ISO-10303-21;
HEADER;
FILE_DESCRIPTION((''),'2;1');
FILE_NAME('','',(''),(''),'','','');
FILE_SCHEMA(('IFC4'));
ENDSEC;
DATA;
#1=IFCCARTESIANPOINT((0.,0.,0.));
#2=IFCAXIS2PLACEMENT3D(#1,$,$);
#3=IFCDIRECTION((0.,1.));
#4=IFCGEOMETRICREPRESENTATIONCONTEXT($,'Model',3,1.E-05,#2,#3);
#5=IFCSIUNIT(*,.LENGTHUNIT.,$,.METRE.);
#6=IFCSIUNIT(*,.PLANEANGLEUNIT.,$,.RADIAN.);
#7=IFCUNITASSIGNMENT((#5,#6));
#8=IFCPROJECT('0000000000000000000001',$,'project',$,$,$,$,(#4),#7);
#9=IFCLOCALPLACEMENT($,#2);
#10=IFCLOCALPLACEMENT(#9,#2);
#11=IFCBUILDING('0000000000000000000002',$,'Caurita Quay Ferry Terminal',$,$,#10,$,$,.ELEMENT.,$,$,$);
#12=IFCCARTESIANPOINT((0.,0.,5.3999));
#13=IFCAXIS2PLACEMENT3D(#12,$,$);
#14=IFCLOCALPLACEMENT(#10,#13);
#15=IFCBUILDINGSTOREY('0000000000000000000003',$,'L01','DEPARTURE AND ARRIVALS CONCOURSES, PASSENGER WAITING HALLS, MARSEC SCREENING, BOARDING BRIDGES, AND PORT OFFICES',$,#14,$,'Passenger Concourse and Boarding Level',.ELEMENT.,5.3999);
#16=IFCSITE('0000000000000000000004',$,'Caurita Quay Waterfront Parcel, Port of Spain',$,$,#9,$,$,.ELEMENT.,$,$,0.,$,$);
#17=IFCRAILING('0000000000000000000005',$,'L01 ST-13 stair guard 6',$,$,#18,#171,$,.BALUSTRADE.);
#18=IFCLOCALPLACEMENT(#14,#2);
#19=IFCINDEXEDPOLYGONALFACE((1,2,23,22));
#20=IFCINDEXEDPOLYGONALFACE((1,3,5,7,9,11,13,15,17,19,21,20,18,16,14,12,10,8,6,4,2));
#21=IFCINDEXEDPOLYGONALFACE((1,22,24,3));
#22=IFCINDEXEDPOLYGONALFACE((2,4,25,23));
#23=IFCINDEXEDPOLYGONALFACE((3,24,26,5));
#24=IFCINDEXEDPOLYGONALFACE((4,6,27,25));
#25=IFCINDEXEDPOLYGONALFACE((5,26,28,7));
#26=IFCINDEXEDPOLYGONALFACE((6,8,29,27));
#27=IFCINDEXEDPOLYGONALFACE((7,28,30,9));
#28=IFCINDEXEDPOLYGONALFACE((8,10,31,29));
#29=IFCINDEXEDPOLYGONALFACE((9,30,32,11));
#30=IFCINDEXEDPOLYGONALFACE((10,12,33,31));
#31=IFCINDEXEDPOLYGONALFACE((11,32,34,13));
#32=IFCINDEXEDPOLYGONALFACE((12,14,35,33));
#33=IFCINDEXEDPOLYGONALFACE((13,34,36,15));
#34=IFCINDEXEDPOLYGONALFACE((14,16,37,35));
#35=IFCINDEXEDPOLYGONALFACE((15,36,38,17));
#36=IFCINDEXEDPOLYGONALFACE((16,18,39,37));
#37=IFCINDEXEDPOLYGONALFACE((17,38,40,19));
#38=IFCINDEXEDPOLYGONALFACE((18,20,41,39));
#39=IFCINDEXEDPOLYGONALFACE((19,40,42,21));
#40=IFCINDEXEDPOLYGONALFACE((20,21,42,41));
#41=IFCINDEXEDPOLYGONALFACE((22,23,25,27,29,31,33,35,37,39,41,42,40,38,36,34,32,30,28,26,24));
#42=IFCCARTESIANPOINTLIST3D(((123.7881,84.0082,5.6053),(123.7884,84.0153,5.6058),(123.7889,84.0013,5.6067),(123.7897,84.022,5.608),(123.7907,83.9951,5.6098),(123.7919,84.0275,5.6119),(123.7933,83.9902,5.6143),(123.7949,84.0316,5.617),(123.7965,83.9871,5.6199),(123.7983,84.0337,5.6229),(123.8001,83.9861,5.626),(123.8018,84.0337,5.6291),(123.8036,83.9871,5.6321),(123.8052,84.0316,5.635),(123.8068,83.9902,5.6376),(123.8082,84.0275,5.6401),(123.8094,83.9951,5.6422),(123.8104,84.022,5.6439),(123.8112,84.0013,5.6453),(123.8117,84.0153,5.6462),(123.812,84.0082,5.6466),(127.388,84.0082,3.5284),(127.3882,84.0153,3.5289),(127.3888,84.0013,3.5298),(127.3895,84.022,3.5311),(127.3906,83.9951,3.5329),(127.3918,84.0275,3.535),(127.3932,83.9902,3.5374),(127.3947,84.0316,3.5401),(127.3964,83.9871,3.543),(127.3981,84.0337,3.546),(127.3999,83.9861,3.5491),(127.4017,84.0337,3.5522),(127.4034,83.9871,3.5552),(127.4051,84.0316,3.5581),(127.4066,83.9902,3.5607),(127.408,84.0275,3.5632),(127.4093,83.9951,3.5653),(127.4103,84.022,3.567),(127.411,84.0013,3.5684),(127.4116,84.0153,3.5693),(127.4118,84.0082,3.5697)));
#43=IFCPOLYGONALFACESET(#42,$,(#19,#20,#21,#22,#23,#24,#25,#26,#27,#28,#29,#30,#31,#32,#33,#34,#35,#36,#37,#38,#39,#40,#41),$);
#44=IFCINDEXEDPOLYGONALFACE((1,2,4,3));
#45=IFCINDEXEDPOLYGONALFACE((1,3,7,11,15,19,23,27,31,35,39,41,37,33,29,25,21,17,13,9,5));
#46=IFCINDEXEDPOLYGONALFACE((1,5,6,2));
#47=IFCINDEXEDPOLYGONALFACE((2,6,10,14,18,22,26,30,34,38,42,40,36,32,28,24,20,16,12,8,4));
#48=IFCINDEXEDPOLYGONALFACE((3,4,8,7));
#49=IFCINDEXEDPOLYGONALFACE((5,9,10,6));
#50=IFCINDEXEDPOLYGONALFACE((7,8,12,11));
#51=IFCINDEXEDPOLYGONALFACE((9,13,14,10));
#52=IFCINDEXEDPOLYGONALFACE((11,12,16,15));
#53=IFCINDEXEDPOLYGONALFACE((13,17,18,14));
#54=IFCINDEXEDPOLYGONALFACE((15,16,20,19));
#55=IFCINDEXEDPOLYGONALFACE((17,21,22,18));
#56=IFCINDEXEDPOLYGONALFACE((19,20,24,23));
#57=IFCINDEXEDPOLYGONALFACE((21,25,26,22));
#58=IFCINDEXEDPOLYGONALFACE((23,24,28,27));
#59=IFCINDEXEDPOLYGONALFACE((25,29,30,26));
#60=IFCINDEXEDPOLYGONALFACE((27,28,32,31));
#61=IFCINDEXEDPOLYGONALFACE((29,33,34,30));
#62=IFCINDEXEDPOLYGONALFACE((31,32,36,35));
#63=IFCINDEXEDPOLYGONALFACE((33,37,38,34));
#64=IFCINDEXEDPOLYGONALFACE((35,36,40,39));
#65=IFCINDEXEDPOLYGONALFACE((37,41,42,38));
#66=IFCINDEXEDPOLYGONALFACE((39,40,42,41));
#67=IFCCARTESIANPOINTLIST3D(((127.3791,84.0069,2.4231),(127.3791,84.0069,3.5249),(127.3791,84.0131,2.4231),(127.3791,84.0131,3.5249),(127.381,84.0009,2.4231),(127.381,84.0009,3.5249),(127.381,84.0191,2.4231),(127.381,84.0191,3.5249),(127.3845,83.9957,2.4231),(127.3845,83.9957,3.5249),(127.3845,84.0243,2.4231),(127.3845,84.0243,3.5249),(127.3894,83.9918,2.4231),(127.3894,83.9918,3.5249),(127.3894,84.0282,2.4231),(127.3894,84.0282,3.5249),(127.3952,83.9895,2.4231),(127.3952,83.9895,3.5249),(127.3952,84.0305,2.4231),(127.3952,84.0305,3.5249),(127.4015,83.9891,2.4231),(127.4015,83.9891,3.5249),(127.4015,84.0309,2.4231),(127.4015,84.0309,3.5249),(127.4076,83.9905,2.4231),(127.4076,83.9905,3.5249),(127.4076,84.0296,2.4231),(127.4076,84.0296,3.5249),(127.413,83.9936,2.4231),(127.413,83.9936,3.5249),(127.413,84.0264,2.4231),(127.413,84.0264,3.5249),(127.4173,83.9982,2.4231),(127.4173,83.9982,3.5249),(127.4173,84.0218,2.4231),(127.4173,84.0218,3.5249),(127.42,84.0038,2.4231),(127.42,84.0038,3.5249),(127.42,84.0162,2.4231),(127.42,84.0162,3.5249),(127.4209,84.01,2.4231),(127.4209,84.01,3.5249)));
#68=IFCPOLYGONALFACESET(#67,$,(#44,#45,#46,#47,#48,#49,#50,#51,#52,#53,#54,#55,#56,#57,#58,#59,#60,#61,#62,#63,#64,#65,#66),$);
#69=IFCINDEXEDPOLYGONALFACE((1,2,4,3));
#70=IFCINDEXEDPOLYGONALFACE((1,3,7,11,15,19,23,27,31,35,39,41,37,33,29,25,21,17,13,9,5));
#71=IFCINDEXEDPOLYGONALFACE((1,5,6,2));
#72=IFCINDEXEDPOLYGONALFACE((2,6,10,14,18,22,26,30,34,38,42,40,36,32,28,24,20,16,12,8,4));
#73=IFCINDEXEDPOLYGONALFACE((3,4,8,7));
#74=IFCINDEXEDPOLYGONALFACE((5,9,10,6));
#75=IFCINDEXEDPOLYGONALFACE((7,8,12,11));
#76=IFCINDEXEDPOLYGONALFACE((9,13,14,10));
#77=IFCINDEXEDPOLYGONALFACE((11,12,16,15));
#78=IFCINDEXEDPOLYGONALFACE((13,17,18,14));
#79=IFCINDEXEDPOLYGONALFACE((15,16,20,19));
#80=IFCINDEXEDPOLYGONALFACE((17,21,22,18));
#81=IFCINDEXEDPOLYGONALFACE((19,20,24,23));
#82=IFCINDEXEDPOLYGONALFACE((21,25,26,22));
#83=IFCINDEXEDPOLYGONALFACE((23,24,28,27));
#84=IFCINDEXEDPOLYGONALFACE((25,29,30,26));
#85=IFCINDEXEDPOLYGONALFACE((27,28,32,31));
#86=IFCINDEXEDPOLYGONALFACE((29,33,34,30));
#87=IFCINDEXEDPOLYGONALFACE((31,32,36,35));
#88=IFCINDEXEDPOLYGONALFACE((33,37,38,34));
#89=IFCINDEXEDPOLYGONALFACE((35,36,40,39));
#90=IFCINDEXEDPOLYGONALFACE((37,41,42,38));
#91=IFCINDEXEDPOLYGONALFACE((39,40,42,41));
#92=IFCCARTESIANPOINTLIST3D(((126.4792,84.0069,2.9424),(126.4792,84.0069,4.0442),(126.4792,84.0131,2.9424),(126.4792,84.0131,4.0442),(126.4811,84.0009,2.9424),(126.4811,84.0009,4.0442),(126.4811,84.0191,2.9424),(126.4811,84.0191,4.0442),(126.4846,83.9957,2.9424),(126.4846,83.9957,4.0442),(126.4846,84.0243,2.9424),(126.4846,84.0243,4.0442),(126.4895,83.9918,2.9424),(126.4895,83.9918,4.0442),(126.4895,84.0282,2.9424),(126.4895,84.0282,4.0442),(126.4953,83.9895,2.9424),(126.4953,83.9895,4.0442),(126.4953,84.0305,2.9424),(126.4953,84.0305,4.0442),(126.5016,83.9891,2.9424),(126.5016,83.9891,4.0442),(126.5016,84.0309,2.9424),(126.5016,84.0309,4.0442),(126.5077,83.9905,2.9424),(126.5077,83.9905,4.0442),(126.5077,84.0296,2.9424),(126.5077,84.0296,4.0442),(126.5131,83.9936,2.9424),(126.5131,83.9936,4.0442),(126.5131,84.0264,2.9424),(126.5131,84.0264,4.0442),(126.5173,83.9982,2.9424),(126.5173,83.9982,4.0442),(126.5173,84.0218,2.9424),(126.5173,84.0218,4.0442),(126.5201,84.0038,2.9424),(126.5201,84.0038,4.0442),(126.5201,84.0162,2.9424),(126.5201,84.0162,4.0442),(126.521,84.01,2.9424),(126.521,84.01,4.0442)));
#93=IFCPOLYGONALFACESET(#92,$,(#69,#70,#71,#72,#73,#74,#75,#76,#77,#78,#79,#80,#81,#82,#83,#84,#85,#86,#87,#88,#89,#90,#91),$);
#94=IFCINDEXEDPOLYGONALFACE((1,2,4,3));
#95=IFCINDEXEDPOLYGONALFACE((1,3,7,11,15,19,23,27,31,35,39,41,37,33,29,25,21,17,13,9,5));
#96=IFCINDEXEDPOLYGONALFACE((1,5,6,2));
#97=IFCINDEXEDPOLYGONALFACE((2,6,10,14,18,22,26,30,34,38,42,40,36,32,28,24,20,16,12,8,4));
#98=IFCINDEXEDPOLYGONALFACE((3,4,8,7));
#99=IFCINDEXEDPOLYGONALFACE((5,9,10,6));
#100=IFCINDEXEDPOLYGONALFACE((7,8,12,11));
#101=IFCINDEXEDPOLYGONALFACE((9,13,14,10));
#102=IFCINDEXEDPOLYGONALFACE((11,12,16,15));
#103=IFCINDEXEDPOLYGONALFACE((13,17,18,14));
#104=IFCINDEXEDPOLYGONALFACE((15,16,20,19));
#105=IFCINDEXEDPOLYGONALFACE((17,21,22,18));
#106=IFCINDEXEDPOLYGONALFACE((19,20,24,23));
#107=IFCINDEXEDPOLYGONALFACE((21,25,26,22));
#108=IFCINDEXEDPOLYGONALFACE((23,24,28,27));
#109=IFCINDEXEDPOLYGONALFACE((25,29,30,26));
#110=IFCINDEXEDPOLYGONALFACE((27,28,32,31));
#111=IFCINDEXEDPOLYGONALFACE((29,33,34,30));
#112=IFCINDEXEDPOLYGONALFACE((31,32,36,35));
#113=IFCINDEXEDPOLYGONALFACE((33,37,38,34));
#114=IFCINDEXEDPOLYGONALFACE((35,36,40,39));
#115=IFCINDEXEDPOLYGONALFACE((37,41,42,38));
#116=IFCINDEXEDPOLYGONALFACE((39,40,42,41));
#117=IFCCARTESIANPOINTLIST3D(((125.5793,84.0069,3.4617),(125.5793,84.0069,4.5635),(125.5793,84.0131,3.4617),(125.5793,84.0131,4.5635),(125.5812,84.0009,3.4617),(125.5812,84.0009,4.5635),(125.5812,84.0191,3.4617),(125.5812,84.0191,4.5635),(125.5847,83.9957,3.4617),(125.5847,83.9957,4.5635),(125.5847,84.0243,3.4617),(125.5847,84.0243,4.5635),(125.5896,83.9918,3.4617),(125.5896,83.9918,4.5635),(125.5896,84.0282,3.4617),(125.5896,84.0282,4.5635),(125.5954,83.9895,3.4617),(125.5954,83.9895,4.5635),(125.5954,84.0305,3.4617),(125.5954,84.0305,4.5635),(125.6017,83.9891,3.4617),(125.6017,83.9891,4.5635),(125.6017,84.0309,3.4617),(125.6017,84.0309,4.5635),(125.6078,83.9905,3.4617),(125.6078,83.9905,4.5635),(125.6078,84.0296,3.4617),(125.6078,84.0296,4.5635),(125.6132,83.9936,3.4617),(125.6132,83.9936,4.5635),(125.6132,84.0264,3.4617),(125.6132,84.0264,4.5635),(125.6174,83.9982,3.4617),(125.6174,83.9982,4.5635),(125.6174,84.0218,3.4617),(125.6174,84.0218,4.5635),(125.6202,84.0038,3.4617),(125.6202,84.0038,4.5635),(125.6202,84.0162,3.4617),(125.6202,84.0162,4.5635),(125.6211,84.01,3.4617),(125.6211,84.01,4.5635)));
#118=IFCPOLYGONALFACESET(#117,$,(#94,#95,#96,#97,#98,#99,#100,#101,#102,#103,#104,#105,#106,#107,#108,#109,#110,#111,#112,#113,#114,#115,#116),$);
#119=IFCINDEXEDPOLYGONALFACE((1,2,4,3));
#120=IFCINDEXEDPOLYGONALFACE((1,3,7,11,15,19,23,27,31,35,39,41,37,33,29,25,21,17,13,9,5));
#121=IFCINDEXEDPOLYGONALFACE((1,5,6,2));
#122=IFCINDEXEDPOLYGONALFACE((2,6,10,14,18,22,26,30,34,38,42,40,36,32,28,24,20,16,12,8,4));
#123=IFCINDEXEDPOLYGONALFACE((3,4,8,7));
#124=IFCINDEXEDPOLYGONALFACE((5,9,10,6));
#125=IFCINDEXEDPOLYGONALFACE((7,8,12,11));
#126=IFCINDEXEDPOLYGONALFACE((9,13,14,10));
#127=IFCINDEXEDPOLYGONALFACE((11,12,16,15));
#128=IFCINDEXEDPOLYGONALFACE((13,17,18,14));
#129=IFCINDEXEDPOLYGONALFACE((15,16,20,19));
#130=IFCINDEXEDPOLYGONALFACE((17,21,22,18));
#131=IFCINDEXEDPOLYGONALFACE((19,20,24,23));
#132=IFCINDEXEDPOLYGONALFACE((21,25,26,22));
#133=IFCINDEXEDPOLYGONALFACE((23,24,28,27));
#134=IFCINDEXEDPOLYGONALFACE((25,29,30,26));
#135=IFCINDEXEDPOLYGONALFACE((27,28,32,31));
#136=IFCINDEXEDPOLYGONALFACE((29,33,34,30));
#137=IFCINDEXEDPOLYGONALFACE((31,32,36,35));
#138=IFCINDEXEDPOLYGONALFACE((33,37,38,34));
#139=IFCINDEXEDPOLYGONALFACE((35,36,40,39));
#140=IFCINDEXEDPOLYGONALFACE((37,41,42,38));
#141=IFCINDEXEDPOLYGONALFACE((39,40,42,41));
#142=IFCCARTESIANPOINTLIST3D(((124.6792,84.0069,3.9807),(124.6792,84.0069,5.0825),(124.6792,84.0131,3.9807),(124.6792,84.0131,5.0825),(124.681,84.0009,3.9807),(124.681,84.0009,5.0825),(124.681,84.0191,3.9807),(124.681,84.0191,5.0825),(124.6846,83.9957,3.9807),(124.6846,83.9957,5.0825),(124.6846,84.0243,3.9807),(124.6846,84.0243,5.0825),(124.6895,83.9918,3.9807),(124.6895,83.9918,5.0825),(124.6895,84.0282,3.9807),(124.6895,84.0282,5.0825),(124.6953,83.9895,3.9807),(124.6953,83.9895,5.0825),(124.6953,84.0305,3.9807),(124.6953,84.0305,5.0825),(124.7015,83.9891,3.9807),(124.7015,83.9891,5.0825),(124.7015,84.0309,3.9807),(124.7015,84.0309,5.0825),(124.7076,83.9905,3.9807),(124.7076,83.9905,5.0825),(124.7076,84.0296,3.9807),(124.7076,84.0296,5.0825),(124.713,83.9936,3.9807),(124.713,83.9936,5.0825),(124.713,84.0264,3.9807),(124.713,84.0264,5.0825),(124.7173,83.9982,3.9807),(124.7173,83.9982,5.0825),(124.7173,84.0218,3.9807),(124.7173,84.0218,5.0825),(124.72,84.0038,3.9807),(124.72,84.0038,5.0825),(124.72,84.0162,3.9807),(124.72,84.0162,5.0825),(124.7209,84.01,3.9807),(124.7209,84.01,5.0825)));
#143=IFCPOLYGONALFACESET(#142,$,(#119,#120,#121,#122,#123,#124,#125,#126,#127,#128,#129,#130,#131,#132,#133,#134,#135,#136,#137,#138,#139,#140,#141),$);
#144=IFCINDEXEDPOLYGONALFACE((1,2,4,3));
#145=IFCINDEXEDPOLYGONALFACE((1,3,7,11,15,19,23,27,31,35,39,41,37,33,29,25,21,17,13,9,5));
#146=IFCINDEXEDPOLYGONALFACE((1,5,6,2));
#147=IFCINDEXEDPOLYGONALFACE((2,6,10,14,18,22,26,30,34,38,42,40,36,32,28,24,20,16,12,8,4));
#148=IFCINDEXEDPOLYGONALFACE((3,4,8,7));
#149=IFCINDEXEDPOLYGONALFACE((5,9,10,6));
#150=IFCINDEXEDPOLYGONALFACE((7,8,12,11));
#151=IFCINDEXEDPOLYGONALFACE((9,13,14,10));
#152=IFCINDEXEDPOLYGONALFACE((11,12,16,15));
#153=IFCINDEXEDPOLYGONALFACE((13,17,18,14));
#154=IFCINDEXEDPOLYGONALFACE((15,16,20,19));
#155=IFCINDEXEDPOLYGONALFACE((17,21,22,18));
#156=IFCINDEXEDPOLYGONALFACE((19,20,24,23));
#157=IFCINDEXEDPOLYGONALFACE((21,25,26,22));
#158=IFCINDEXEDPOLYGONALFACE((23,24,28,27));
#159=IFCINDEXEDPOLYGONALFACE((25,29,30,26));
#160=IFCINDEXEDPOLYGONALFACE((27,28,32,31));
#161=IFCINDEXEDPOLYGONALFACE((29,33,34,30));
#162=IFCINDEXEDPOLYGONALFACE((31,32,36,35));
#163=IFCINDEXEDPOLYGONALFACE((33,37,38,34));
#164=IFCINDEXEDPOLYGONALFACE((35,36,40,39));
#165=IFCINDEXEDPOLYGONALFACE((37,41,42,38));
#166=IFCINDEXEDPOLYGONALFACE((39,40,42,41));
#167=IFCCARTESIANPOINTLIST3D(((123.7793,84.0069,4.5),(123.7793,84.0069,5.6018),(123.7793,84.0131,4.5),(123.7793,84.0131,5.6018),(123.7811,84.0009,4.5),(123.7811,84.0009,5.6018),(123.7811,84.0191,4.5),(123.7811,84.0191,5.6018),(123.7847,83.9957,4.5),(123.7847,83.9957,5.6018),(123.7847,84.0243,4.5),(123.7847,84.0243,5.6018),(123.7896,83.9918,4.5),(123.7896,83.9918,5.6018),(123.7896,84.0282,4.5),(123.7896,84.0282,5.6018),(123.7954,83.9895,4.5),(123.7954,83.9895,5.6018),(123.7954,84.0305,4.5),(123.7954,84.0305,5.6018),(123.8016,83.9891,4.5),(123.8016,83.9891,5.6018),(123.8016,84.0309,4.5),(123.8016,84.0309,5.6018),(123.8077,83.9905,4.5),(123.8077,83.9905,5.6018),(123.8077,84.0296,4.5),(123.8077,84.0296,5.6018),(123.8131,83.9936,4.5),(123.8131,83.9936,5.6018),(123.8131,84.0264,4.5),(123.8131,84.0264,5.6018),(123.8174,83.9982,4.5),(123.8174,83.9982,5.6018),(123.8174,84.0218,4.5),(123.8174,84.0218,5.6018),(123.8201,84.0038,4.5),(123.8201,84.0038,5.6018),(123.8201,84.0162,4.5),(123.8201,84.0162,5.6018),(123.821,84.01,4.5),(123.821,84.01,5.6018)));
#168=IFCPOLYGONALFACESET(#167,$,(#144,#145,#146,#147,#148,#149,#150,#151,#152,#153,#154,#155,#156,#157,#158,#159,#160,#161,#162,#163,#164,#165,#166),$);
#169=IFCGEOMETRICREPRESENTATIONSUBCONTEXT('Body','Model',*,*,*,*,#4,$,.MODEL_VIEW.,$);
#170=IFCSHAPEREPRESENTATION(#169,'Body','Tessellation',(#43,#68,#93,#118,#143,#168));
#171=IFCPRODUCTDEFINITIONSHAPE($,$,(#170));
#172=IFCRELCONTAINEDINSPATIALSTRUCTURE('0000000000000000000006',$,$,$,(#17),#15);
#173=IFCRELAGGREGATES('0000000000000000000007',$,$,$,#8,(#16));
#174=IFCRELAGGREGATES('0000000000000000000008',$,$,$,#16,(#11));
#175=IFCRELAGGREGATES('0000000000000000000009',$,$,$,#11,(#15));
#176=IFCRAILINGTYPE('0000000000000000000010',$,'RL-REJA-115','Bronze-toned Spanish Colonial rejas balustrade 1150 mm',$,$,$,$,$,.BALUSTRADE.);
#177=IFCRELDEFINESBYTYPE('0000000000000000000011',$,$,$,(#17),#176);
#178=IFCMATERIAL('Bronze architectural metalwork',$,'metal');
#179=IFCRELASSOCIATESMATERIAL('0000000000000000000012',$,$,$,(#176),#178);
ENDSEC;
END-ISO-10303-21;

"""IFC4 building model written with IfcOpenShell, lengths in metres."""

from ifc_helpers import new_model, si_unit, direction, frame, origin, origin_2d, place, context, subcontext, project, spatial, circle, extrude, material, type_object, element, save


model = new_model("IFC4")

# Units and contexts
model_context = context("Model", 3, precision=1e-05, world=origin(), true_north=direction((0.0, 1.0)))
body_context = subcontext(model_context, "Body", "Model", "MODEL_VIEW")
ifc_project = project(units=[si_unit("LENGTHUNIT", "METRE"), si_unit("PLANEANGLEUNIT", "RADIAN")], contexts=[model_context])

# Site, building, storey
site_placement = place(None, origin())
site = spatial("IfcSite", under=ifc_project, at=site_placement, Name="Caurita Quay Waterfront Parcel, Port of Spain", CompositionType="ELEMENT", RefElevation=0.0)
building_placement = place(site_placement, origin())
building = spatial("IfcBuilding", under=site, at=building_placement, Name="Caurita Quay Ferry Terminal", CompositionType="ELEMENT")
storey_placement = place(building_placement, frame((0.0, 0.0, 5.3999)))
storey = spatial("IfcBuildingStorey", under=building, at=storey_placement, Name="L01", Description="DEPARTURE AND ARRIVALS CONCOURSES, PASSENGER WAITING HALLS, MARSEC SCREENING, BOARDING BRIDGES, AND PORT OFFICES", LongName="Passenger Concourse and Boarding Level", CompositionType="ELEMENT", Elevation=5.3999)

# Railing
ifc_material_1 = material(Name="Bronze architectural metalwork", Category="metal")
railing_type_1 = type_object("IfcRailingType", Name="RL-REJA-115", Description="Bronze-toned Spanish Colonial rejas balustrade 1150 mm", PredefinedType="BALUSTRADE", material=ifc_material_1)
railing_1_placement = place(storey_placement, frame((127.3999, 84.01, 2.4231)))
element("IfcRailing", 1, at=railing_1_placement, inside=storey, type_object=railing_type_1, Name="L01 ST-13 stair guard 6", PredefinedType="BALUSTRADE", context=body_context, shape_type="SweptSolid", body=[
    extrude(circle(Radius=0.0239, at=origin_2d()), frame((0.0, 0.0, 1.126), z_axis=(-0.866179, 0.0, 0.499734), x_axis=(0.0, -1.0, 0.0)), (0.0, 0.0, 1.0), 4.156),
    extrude(circle(Radius=0.021, at=origin_2d()), origin(), (0.0, 0.0, 1.0), 1.1018),
    extrude(circle(Radius=0.021, at=origin_2d()), frame((-0.8999, 0.0, 0.5193)), (0.0, 0.0, 1.0), 1.1018),
    extrude(circle(Radius=0.021, at=origin_2d()), frame((-1.7998, 0.0, 1.0386)), (0.0, 0.0, 1.0), 1.1018),
    extrude(circle(Radius=0.021, at=origin_2d()), frame((-2.7, 0.0, 1.5576)), (0.0, 0.0, 1.0), 1.1018),
    extrude(circle(Radius=0.021, at=origin_2d()), frame((-3.5999, 0.0, 2.0769)), (0.0, 0.0, 1.0), 1.1018),
])

save(model, "model.ifc")
